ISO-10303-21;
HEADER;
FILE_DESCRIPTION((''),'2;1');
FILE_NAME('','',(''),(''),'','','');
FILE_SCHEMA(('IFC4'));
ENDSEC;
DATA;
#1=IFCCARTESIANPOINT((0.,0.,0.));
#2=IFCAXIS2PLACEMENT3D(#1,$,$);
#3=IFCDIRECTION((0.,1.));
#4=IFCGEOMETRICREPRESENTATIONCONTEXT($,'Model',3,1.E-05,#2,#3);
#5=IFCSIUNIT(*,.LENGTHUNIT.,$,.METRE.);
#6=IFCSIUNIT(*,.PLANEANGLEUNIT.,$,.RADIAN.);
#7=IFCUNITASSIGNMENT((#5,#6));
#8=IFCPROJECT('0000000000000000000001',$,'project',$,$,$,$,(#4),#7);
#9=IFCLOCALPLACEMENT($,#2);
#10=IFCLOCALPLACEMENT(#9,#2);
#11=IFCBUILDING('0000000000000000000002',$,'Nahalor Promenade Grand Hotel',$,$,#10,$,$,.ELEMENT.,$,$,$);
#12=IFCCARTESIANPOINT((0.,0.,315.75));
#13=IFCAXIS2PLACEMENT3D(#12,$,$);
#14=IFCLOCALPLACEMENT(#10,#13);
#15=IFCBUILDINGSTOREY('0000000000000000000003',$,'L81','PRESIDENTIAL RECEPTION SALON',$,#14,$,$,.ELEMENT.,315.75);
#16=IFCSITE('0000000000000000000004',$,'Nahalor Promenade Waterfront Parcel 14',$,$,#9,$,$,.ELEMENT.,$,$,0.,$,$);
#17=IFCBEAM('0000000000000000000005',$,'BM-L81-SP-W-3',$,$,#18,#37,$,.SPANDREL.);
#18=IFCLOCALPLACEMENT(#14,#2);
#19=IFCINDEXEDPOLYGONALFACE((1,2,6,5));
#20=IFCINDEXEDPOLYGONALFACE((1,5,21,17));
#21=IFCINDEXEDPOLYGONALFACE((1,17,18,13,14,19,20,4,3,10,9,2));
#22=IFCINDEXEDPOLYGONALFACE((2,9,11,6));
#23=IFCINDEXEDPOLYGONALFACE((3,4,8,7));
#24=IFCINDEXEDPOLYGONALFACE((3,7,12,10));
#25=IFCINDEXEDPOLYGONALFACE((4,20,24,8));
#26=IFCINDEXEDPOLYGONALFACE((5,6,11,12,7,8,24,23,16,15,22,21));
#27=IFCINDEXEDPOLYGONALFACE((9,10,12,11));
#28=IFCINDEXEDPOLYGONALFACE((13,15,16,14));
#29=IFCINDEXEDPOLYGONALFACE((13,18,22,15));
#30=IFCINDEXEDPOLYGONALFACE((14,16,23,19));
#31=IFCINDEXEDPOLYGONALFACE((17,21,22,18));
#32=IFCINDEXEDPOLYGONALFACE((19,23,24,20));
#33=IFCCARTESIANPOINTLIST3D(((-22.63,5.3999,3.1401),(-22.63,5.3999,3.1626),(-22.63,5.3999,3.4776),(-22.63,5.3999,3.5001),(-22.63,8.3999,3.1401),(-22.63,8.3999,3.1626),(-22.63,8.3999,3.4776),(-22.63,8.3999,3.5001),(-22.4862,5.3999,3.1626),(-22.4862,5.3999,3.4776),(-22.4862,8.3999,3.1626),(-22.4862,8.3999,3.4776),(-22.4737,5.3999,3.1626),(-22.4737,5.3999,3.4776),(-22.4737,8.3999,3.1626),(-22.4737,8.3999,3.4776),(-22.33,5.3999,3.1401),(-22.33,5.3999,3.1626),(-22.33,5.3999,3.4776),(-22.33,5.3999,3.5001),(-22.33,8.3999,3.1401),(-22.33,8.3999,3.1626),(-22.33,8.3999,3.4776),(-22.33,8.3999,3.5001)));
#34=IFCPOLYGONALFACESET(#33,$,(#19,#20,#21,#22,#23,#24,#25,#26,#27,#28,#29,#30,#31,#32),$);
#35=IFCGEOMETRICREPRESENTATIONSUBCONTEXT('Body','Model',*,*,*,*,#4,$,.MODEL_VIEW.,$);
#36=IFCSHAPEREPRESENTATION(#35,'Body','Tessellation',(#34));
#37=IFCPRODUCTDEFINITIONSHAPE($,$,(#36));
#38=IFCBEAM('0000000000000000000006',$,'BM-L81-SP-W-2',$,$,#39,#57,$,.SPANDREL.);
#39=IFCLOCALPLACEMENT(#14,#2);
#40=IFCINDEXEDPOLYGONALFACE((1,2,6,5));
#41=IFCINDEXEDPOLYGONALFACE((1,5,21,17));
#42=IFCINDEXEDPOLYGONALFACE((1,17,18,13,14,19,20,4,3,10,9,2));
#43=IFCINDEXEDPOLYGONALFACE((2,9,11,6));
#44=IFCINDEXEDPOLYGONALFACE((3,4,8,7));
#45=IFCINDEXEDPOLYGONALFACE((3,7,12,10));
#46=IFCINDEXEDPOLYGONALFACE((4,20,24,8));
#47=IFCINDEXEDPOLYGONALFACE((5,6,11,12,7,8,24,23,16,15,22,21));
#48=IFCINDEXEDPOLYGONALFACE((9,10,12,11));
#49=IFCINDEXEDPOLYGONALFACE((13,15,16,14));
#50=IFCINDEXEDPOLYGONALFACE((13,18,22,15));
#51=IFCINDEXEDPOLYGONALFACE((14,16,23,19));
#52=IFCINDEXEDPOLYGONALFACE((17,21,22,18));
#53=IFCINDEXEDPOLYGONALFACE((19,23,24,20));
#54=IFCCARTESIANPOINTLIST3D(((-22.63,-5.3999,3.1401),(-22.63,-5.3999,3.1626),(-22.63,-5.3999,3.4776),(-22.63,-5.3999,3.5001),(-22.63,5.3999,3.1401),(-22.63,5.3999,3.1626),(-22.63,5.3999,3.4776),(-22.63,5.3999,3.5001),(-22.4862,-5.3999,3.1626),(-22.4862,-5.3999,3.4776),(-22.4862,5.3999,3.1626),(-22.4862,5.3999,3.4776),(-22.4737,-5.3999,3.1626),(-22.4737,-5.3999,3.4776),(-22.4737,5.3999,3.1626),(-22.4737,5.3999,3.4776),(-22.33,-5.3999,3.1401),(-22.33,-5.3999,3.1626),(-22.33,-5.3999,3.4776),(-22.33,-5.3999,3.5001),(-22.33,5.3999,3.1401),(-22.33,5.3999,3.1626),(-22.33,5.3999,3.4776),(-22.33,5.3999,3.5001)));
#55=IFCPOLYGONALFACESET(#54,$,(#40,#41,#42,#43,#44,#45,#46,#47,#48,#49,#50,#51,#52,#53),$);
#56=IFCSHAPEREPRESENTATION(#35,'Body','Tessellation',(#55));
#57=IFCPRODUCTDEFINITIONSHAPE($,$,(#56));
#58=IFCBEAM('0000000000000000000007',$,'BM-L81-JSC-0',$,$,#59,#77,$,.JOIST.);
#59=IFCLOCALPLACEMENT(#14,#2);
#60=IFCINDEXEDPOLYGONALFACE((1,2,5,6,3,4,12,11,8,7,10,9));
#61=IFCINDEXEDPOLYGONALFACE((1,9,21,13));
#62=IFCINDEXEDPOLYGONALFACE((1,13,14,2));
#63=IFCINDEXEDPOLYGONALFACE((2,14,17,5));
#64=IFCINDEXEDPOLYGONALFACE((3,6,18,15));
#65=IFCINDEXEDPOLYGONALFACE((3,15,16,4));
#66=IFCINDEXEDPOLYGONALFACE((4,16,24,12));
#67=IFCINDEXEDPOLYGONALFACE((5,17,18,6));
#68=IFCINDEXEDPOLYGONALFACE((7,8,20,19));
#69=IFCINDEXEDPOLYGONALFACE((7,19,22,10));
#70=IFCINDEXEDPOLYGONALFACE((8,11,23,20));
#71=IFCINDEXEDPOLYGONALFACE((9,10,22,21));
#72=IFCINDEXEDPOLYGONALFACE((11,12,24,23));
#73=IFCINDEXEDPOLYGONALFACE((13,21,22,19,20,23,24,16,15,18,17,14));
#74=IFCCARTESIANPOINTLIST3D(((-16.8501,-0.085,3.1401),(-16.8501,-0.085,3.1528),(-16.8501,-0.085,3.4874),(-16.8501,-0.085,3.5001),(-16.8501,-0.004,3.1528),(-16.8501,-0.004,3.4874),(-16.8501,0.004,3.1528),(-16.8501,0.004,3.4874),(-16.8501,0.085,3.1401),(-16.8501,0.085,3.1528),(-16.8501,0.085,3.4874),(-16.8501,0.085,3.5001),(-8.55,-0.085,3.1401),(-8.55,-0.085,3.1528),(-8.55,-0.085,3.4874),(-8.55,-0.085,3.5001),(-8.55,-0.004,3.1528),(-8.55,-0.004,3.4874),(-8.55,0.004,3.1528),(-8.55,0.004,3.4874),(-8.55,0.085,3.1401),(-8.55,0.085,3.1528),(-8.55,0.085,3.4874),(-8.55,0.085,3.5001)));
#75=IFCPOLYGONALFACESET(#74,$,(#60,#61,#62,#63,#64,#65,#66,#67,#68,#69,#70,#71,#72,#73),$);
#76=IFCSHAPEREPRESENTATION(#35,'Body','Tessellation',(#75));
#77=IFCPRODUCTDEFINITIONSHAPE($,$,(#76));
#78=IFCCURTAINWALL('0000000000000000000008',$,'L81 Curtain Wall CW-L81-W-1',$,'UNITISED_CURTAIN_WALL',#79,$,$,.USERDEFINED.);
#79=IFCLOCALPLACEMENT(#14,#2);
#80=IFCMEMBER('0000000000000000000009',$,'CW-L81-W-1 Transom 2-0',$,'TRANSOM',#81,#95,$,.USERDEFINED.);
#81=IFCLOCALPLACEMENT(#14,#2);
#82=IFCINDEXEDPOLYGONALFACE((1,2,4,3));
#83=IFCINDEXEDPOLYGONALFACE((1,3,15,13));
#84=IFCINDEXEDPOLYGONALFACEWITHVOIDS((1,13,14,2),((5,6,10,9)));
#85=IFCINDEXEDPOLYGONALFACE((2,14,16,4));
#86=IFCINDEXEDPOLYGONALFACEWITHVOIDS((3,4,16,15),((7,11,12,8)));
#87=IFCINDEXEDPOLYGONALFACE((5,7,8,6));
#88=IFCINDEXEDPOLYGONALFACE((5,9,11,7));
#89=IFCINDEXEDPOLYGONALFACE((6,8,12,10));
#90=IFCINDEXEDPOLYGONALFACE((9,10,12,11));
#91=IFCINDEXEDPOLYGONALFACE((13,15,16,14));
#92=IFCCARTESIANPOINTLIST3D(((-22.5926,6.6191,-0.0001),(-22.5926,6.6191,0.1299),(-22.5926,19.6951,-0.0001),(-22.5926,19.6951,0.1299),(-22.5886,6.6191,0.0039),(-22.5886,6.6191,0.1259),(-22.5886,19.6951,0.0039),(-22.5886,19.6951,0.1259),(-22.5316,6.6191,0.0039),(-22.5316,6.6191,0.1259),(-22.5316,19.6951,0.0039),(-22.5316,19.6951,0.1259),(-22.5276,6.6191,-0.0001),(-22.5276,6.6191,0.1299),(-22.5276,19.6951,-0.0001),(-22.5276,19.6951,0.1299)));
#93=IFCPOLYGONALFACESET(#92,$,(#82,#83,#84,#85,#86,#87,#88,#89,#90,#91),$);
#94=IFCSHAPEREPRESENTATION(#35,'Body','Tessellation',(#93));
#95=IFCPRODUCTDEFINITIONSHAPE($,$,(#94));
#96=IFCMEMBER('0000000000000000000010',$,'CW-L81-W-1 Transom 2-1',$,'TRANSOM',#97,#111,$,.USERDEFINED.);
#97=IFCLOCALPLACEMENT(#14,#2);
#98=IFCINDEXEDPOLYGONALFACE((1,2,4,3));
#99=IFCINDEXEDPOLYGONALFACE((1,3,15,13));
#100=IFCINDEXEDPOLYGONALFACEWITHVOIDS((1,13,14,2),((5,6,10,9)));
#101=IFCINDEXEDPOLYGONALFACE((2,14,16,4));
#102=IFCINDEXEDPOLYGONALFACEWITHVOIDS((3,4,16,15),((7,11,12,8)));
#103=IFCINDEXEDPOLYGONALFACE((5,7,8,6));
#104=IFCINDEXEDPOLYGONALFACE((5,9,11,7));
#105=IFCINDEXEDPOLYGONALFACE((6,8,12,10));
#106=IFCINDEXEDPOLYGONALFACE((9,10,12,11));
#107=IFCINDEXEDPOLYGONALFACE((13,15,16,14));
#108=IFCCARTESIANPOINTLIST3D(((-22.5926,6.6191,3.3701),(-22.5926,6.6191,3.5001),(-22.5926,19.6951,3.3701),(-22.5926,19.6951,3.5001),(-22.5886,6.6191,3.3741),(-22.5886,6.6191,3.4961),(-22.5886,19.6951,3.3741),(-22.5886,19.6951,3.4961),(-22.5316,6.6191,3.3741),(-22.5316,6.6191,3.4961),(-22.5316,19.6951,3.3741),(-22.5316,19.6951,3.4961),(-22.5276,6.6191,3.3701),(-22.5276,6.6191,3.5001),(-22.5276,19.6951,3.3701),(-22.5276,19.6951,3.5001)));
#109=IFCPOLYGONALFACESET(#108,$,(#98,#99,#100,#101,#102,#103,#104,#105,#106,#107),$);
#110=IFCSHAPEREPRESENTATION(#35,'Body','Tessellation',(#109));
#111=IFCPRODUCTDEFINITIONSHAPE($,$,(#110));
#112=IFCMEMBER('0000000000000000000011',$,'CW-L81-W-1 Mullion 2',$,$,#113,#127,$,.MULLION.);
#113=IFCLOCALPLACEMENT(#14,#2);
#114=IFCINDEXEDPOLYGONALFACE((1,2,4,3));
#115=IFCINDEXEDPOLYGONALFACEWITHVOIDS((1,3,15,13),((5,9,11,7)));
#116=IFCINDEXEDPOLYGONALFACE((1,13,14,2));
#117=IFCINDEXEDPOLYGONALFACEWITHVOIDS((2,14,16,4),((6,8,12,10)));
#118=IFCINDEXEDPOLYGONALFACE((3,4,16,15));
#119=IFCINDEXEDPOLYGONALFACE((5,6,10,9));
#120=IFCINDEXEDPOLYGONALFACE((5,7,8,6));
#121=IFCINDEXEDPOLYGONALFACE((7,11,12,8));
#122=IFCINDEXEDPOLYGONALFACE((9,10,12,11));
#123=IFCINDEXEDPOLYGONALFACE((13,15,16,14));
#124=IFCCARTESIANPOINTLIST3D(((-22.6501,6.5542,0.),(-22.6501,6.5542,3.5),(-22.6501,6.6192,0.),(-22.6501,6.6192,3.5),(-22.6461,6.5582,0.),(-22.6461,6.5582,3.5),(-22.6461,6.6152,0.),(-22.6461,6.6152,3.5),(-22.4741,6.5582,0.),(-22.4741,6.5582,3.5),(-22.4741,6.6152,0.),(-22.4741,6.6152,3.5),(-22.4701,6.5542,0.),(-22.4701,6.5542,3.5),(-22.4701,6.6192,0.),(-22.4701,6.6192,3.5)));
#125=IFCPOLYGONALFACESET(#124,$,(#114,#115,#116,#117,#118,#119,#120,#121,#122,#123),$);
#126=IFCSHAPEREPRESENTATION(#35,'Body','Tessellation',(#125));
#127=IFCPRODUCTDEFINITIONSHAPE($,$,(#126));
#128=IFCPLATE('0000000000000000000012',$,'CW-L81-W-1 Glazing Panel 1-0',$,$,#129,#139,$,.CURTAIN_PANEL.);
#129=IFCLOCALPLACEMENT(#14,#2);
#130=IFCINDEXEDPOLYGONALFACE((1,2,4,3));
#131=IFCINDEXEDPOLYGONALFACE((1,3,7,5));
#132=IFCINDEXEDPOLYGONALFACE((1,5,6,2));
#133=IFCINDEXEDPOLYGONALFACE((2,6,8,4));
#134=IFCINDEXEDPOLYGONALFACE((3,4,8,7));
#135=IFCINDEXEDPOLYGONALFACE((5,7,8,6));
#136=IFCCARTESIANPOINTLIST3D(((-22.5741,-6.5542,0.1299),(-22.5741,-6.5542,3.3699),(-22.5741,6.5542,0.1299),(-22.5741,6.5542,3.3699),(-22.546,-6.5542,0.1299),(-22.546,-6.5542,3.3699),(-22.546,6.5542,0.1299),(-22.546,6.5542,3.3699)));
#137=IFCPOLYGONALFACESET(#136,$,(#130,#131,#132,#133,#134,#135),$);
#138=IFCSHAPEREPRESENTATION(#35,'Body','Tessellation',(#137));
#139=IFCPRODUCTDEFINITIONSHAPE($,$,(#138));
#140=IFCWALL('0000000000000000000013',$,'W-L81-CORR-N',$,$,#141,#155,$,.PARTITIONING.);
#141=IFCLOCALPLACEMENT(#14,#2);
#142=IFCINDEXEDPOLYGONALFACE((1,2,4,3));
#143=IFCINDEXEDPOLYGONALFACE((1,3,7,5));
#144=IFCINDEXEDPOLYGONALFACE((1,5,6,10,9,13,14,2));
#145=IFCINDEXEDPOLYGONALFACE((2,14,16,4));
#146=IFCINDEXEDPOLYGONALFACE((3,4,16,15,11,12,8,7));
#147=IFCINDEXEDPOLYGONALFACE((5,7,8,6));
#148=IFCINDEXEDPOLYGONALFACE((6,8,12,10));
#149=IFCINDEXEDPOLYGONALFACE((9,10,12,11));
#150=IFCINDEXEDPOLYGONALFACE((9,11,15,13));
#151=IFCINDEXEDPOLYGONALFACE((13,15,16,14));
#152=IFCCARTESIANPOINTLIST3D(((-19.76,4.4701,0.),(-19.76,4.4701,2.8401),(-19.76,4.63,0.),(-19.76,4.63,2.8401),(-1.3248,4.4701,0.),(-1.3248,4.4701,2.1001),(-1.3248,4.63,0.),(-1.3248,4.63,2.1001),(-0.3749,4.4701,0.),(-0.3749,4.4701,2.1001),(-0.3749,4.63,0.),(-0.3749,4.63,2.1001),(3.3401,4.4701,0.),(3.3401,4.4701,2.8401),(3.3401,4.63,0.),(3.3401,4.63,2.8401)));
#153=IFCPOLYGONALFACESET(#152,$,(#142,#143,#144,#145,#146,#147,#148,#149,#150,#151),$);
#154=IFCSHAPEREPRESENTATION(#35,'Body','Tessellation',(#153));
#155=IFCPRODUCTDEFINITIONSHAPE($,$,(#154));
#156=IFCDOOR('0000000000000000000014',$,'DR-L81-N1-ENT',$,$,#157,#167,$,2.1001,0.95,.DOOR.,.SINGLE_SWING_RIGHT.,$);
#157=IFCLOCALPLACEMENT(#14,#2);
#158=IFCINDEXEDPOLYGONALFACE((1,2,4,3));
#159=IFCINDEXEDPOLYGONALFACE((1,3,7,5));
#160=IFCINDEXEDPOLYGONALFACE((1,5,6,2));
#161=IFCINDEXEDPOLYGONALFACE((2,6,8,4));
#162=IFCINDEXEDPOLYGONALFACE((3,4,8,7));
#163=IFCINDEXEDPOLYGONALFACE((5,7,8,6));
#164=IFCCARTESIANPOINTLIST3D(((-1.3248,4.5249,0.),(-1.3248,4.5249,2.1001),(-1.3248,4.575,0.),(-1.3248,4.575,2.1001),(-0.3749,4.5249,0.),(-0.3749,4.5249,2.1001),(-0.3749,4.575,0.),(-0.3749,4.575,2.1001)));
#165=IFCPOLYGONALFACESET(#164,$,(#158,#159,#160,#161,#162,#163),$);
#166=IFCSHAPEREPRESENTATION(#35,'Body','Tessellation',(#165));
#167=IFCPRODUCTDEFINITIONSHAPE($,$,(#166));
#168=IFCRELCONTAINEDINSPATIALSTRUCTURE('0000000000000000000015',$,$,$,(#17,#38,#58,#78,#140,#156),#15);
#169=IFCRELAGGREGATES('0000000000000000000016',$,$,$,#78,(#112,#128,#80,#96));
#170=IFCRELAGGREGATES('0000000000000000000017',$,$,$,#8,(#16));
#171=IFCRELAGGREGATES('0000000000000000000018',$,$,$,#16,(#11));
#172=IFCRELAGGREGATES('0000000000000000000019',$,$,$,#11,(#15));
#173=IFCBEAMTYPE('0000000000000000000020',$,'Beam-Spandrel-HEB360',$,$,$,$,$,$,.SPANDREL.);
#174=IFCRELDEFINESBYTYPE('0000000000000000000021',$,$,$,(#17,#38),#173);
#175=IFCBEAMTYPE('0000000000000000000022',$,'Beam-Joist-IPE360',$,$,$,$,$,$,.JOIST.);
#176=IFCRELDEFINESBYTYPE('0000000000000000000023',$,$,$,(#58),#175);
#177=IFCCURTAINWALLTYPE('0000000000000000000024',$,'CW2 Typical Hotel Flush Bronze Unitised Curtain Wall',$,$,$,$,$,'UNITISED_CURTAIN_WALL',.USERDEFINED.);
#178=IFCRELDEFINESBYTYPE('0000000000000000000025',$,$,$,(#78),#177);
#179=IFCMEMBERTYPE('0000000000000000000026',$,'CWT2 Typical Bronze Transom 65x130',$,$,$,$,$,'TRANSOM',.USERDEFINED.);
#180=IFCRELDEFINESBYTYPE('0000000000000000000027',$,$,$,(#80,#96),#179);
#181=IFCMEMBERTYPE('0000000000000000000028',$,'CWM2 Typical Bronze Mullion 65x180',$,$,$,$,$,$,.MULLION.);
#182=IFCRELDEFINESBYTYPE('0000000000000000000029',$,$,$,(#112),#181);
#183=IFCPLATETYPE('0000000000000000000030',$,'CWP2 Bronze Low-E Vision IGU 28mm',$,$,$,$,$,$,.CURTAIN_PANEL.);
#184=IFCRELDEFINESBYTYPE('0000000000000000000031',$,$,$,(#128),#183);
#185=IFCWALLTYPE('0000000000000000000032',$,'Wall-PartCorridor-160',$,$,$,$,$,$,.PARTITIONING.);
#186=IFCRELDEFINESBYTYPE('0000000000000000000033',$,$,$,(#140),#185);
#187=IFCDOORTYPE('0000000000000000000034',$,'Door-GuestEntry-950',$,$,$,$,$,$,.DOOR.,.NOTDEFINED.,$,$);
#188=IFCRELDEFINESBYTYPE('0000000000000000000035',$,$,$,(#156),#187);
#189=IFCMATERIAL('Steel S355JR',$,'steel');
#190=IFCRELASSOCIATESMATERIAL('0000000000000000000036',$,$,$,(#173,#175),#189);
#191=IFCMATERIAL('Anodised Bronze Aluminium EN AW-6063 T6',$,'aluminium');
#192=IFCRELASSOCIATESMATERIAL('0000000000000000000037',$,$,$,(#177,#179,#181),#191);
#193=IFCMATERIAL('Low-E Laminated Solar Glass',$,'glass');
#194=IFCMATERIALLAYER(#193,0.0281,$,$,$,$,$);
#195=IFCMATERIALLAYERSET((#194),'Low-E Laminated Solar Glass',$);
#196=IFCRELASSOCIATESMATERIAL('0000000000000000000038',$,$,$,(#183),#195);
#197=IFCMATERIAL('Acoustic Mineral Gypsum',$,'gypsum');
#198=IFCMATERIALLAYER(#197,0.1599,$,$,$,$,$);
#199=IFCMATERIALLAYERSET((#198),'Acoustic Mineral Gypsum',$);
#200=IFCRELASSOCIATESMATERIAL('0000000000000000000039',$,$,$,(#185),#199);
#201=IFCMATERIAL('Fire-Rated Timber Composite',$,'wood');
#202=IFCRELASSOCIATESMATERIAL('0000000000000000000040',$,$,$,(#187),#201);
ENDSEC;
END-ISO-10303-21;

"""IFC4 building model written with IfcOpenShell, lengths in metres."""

from ifc_helpers import new_model, si_unit, direction, frame, frame_2d, origin, origin_2d, place, context, subcontext, project, spatial, rectangle, hollow_rectangle, i_section, extrude, source, transform, mapped, material, layer, layer_set, material_profile, profile_set, type_object, element, fill, aggregate, save


model = new_model("IFC4")

# Units and contexts
model_context = context("Model", 3, precision=1e-05, world=origin(), true_north=direction((0.0, 1.0)))
body_context = subcontext(model_context, "Body", "Model", "MODEL_VIEW")
ifc_project = project(units=[si_unit("LENGTHUNIT", "METRE"), si_unit("PLANEANGLEUNIT", "RADIAN")], contexts=[model_context])

# Site, building, storey
site_placement = place(None, origin())
site = spatial("IfcSite", under=ifc_project, at=site_placement, Name="Nahalor Promenade Waterfront Parcel 14", CompositionType="ELEMENT", RefElevation=0.0)
building_placement = place(site_placement, origin())
building = spatial("IfcBuilding", under=site, at=building_placement, Name="Nahalor Promenade Grand Hotel", CompositionType="ELEMENT")
storey_placement = place(building_placement, frame((0.0, 0.0, 315.75)))
storey = spatial("IfcBuildingStorey", under=building, at=storey_placement, Name="L81", Description="PRESIDENTIAL RECEPTION SALON", CompositionType="ELEMENT", Elevation=315.75)

# Shared definitions
ifc_material_1 = material(Name="Steel S355JR", Category="steel")

# Beams
ifc_material_profile_1 = material_profile(ifc_material_1, i_section(OverallWidth=0.3, OverallDepth=0.36, WebThickness=0.0125, FlangeThickness=0.0225, at=origin_2d()), Name="HEB 360")
ifc_profile_set_1 = profile_set([ifc_material_profile_1], Name="Steel S355JR")
beam_type_1 = type_object("IfcBeamType", Name="Beam-Spandrel-HEB360", PredefinedType="SPANDREL", material=ifc_profile_set_1)
shared_shape_1 = source(origin(), body_context, "Body", "SweptSolid", [
    extrude(i_section(OverallWidth=0.3, OverallDepth=0.36, WebThickness=0.0125, FlangeThickness=0.0225, at=origin_2d()), origin(), (0.0, 0.0, 1.0), 3.0),
])
beam_1_placement = place(storey_placement, frame((-22.48, 5.3999, 3.3201), z_axis=(0.0, 1.0, 0.0), x_axis=(-1.0, 0.0, 0.0)))
element("IfcBeam", 1, at=beam_1_placement, inside=storey, type_object=beam_type_1, Name="BM-L81-SP-W-3", PredefinedType="SPANDREL", context=body_context, shape_type="MappedRepresentation", body=[
    mapped(shared_shape_1, transform((0.0, 0.0, 0.0), scale=1.0)),
])
shared_shape_2 = source(origin(), body_context, "Body", "SweptSolid", [
    extrude(i_section(OverallWidth=0.3, OverallDepth=0.36, WebThickness=0.0125, FlangeThickness=0.0225, at=origin_2d()), origin(), (0.0, 0.0, 1.0), 10.7998),
])
beam_2_placement = place(storey_placement, frame((-22.48, -5.3999, 3.3201), z_axis=(0.0, 1.0, 0.0), x_axis=(-1.0, 0.0, 0.0)))
element("IfcBeam", 2, at=beam_2_placement, inside=storey, type_object=beam_type_1, Name="BM-L81-SP-W-2", PredefinedType="SPANDREL", context=body_context, shape_type="MappedRepresentation", body=[
    mapped(shared_shape_2, transform((0.0, 0.0, 0.0), scale=1.0)),
])
ifc_material_profile_2 = material_profile(ifc_material_1, i_section(OverallWidth=0.17, OverallDepth=0.36, WebThickness=0.008, FlangeThickness=0.0127, at=origin_2d()), Name="IPE 360")
ifc_profile_set_2 = profile_set([ifc_material_profile_2], Name="Steel S355JR")
beam_type_2 = type_object("IfcBeamType", Name="Beam-Joist-IPE360", PredefinedType="JOIST", material=ifc_profile_set_2)
shared_shape_3 = source(origin(), body_context, "Body", "SweptSolid", [
    extrude(i_section(OverallWidth=0.17, OverallDepth=0.36, WebThickness=0.008, FlangeThickness=0.0127, at=origin_2d()), origin(), (0.0, 0.0, 1.0), 8.3),
])
beam_3_placement = place(storey_placement, frame((-16.8501, 0.0, 3.3201), z_axis=(1.0, 0.0, 0.0), x_axis=(0.0, 1.0, 0.0)))
element("IfcBeam", 3, at=beam_3_placement, inside=storey, type_object=beam_type_2, Name="BM-L81-JSC-0", PredefinedType="JOIST", context=body_context, shape_type="MappedRepresentation", body=[
    mapped(shared_shape_3, transform((0.0, 0.0, 0.0), scale=1.0)),
])

# Curtain wall, members, plate
ifc_material_2 = material(Name="Anodised Bronze Aluminium EN AW-6063 T6", Category="aluminium")
curtain_wall_type = type_object("IfcCurtainWallType", Name="CW2 Typical Hotel Flush Bronze Unitised Curtain Wall", ElementType="UNITISED_CURTAIN_WALL", PredefinedType="USERDEFINED", material=ifc_material_2)
curtain_wall_placement = place(storey_placement, origin())
curtain_wall = element("IfcCurtainWall", 4, at=curtain_wall_placement, inside=storey, type_object=curtain_wall_type, Name="L81 Curtain Wall CW-L81-W-1", ObjectType="UNITISED_CURTAIN_WALL", PredefinedType="USERDEFINED")
ifc_material_profile_3 = material_profile(ifc_material_2, hollow_rectangle(XDim=0.065, YDim=0.13, WallThickness=0.004, at=origin_2d()), Name="CWT 65x130x4")
ifc_profile_set_3 = profile_set([ifc_material_profile_3], Name="Anodised Bronze Aluminium EN AW-6063 T6")
member_type_1 = type_object("IfcMemberType", Name="CWT2 Typical Bronze Transom 65x130", ElementType="TRANSOM", PredefinedType="USERDEFINED", material=ifc_profile_set_3)
shared_shape_4 = source(origin(), body_context, "Body", "SweptSolid", [
    extrude(hollow_rectangle(XDim=0.065, YDim=0.13, WallThickness=0.004, at=origin_2d()), origin(), (0.0, 0.0, 1.0), 13.0759),
])
member_1_placement = place(storey_placement, frame((-22.5601, 6.6191, 0.0649), z_axis=(0.0, 1.0, 0.0), x_axis=(-1.0, 0.0, 0.0)))
member_1 = element("IfcMember", 5, at=member_1_placement, type_object=member_type_1, Name="CW-L81-W-1 Transom 2-0", ObjectType="TRANSOM", PredefinedType="USERDEFINED", context=body_context, shape_type="MappedRepresentation", body=[
    mapped(shared_shape_4, transform((0.0, 0.0, 0.0), scale=1.0)),
])
member_2_placement = place(storey_placement, frame((-22.5601, 6.6191, 3.4351), z_axis=(0.0, 1.0, 0.0), x_axis=(-1.0, 0.0, 0.0)))
member_2 = element("IfcMember", 6, at=member_2_placement, type_object=member_type_1, Name="CW-L81-W-1 Transom 2-1", ObjectType="TRANSOM", PredefinedType="USERDEFINED", context=body_context, shape_type="MappedRepresentation", body=[
    mapped(shared_shape_4, transform((0.0, 0.0, 0.0), scale=1.0)),
])
ifc_material_profile_4 = material_profile(ifc_material_2, hollow_rectangle(XDim=0.065, YDim=0.18, WallThickness=0.004, at=origin_2d()), Name="CWM 65x180x4")
ifc_profile_set_4 = profile_set([ifc_material_profile_4], Name="Anodised Bronze Aluminium EN AW-6063 T6")
member_type_2 = type_object("IfcMemberType", Name="CWM2 Typical Bronze Mullion 65x180", PredefinedType="MULLION", material=ifc_profile_set_4)
shared_shape_5 = source(origin(), body_context, "Body", "SweptSolid", [
    extrude(hollow_rectangle(XDim=0.065, YDim=0.18, WallThickness=0.004, at=origin_2d()), origin(), (0.0, 0.0, 1.0), 3.5),
])
member_3_placement = place(storey_placement, frame((-22.5601, 6.5867, 0.0), z_axis=(0.0, 0.0, 1.0), x_axis=(0.0, 1.0, 0.0)))
member_3 = element("IfcMember", 7, at=member_3_placement, type_object=member_type_2, Name="CW-L81-W-1 Mullion 2", PredefinedType="MULLION", context=body_context, shape_type="MappedRepresentation", body=[
    mapped(shared_shape_5, transform((0.0, 0.0, 0.0), scale=1.0)),
])
ifc_material_3 = material(Name="Low-E Laminated Solar Glass", Category="glass")
ifc_layer_1 = layer(ifc_material_3, 0.0281)
ifc_layer_set_1 = layer_set([ifc_layer_1], Name="Low-E Laminated Solar Glass")
plate_type = type_object("IfcPlateType", Name="CWP2 Bronze Low-E Vision IGU 28mm", PredefinedType="CURTAIN_PANEL", material=ifc_layer_set_1)
shared_shape_6 = source(origin(), body_context, "Body", "SweptSolid", [
    extrude(rectangle(XDim=13.1084, YDim=0.0281, at=origin_2d()), origin(), (0.0, 0.0, 1.0), 3.24),
])
plate_placement = place(storey_placement, frame((-22.5601, 0.0, 0.1299), z_axis=(0.0, 0.0, 1.0), x_axis=(0.0, 1.0, 0.0)))
plate = element("IfcPlate", 8, at=plate_placement, type_object=plate_type, Name="CW-L81-W-1 Glazing Panel 1-0", PredefinedType="CURTAIN_PANEL", context=body_context, shape_type="MappedRepresentation", body=[
    mapped(shared_shape_6, transform((0.0, 0.0, 0.0), scale=1.0)),
])
aggregate(curtain_wall, [member_3, plate, member_1, member_2])

# Wall, opening, door
ifc_material_4 = material(Name="Acoustic Mineral Gypsum", Category="gypsum")
ifc_layer_2 = layer(ifc_material_4, 0.1599)
ifc_layer_set_2 = layer_set([ifc_layer_2], Name="Acoustic Mineral Gypsum")
wall_type_1 = type_object("IfcWallType", Name="Wall-PartCorridor-160", PredefinedType="PARTITIONING", material=ifc_layer_set_2)
shared_shape_7 = source(origin(), body_context, "Body", "SweptSolid", [
    extrude(rectangle(XDim=23.1001, YDim=0.1599, at=frame_2d((11.55, 0.0))), origin(), (0.0, 0.0, 1.0), 2.8401),
])
wall_1_placement = place(storey_placement, frame((-19.76, 4.55, 0.0), z_axis=(0.0, 0.0, 1.0), x_axis=(1.0, 0.0, 0.0)))
wall_1 = element("IfcWall", 9, at=wall_1_placement, inside=storey, type_object=wall_type_1, Name="W-L81-CORR-N", PredefinedType="PARTITIONING", context=body_context, shape_type="MappedRepresentation", body=[
    mapped(shared_shape_7, transform((0.0, 0.0, 0.0), scale=1.0)),
])
opening_1_placement = place(wall_1_placement, frame((18.4351, 0.0, 0.0)))
opening_1 = element("IfcOpeningElement", 10, at=opening_1_placement, cuts=wall_1, PredefinedType="OPENING", context=body_context, shape_type="SweptSolid", body=[
    extrude(rectangle(XDim=0.95, YDim=2.1001, at=frame_2d((0.4751, 1.05))), frame((0.0, 0.0898, 0.0), z_axis=(0.0, -1.0, 0.0), x_axis=(1.0, 0.0, 0.0)), (0.0, 0.0, 1.0), 0.1799),
])
ifc_material_5 = material(Name="Fire-Rated Timber Composite", Category="wood")
door_type_1 = type_object("IfcDoorType", Name="Door-GuestEntry-950", OperationType="NOTDEFINED", PredefinedType="DOOR", material=ifc_material_5)
shared_shape_8 = source(origin(), body_context, "Body", "SweptSolid", [
    extrude(rectangle(XDim=0.95, YDim=2.1001, at=frame_2d((0.4751, 1.05))), frame((0.0, 0.0249, 0.0), z_axis=(0.0, -1.0, 0.0), x_axis=(1.0, 0.0, 0.0)), (0.0, 0.0, 1.0), 0.05),
])
door_1_placement = place(opening_1_placement, origin())
door_1 = element("IfcDoor", 11, at=door_1_placement, inside=storey, type_object=door_type_1, Name="DR-L81-N1-ENT", OperationType="SINGLE_SWING_RIGHT", OverallHeight=2.1001, OverallWidth=0.95, PredefinedType="DOOR", context=body_context, shape_type="MappedRepresentation", body=[
    mapped(shared_shape_8, transform((0.0, 0.0, 0.0), scale=1.0)),
])
fill(opening_1, door_1)

save(model, "model.ifc")
